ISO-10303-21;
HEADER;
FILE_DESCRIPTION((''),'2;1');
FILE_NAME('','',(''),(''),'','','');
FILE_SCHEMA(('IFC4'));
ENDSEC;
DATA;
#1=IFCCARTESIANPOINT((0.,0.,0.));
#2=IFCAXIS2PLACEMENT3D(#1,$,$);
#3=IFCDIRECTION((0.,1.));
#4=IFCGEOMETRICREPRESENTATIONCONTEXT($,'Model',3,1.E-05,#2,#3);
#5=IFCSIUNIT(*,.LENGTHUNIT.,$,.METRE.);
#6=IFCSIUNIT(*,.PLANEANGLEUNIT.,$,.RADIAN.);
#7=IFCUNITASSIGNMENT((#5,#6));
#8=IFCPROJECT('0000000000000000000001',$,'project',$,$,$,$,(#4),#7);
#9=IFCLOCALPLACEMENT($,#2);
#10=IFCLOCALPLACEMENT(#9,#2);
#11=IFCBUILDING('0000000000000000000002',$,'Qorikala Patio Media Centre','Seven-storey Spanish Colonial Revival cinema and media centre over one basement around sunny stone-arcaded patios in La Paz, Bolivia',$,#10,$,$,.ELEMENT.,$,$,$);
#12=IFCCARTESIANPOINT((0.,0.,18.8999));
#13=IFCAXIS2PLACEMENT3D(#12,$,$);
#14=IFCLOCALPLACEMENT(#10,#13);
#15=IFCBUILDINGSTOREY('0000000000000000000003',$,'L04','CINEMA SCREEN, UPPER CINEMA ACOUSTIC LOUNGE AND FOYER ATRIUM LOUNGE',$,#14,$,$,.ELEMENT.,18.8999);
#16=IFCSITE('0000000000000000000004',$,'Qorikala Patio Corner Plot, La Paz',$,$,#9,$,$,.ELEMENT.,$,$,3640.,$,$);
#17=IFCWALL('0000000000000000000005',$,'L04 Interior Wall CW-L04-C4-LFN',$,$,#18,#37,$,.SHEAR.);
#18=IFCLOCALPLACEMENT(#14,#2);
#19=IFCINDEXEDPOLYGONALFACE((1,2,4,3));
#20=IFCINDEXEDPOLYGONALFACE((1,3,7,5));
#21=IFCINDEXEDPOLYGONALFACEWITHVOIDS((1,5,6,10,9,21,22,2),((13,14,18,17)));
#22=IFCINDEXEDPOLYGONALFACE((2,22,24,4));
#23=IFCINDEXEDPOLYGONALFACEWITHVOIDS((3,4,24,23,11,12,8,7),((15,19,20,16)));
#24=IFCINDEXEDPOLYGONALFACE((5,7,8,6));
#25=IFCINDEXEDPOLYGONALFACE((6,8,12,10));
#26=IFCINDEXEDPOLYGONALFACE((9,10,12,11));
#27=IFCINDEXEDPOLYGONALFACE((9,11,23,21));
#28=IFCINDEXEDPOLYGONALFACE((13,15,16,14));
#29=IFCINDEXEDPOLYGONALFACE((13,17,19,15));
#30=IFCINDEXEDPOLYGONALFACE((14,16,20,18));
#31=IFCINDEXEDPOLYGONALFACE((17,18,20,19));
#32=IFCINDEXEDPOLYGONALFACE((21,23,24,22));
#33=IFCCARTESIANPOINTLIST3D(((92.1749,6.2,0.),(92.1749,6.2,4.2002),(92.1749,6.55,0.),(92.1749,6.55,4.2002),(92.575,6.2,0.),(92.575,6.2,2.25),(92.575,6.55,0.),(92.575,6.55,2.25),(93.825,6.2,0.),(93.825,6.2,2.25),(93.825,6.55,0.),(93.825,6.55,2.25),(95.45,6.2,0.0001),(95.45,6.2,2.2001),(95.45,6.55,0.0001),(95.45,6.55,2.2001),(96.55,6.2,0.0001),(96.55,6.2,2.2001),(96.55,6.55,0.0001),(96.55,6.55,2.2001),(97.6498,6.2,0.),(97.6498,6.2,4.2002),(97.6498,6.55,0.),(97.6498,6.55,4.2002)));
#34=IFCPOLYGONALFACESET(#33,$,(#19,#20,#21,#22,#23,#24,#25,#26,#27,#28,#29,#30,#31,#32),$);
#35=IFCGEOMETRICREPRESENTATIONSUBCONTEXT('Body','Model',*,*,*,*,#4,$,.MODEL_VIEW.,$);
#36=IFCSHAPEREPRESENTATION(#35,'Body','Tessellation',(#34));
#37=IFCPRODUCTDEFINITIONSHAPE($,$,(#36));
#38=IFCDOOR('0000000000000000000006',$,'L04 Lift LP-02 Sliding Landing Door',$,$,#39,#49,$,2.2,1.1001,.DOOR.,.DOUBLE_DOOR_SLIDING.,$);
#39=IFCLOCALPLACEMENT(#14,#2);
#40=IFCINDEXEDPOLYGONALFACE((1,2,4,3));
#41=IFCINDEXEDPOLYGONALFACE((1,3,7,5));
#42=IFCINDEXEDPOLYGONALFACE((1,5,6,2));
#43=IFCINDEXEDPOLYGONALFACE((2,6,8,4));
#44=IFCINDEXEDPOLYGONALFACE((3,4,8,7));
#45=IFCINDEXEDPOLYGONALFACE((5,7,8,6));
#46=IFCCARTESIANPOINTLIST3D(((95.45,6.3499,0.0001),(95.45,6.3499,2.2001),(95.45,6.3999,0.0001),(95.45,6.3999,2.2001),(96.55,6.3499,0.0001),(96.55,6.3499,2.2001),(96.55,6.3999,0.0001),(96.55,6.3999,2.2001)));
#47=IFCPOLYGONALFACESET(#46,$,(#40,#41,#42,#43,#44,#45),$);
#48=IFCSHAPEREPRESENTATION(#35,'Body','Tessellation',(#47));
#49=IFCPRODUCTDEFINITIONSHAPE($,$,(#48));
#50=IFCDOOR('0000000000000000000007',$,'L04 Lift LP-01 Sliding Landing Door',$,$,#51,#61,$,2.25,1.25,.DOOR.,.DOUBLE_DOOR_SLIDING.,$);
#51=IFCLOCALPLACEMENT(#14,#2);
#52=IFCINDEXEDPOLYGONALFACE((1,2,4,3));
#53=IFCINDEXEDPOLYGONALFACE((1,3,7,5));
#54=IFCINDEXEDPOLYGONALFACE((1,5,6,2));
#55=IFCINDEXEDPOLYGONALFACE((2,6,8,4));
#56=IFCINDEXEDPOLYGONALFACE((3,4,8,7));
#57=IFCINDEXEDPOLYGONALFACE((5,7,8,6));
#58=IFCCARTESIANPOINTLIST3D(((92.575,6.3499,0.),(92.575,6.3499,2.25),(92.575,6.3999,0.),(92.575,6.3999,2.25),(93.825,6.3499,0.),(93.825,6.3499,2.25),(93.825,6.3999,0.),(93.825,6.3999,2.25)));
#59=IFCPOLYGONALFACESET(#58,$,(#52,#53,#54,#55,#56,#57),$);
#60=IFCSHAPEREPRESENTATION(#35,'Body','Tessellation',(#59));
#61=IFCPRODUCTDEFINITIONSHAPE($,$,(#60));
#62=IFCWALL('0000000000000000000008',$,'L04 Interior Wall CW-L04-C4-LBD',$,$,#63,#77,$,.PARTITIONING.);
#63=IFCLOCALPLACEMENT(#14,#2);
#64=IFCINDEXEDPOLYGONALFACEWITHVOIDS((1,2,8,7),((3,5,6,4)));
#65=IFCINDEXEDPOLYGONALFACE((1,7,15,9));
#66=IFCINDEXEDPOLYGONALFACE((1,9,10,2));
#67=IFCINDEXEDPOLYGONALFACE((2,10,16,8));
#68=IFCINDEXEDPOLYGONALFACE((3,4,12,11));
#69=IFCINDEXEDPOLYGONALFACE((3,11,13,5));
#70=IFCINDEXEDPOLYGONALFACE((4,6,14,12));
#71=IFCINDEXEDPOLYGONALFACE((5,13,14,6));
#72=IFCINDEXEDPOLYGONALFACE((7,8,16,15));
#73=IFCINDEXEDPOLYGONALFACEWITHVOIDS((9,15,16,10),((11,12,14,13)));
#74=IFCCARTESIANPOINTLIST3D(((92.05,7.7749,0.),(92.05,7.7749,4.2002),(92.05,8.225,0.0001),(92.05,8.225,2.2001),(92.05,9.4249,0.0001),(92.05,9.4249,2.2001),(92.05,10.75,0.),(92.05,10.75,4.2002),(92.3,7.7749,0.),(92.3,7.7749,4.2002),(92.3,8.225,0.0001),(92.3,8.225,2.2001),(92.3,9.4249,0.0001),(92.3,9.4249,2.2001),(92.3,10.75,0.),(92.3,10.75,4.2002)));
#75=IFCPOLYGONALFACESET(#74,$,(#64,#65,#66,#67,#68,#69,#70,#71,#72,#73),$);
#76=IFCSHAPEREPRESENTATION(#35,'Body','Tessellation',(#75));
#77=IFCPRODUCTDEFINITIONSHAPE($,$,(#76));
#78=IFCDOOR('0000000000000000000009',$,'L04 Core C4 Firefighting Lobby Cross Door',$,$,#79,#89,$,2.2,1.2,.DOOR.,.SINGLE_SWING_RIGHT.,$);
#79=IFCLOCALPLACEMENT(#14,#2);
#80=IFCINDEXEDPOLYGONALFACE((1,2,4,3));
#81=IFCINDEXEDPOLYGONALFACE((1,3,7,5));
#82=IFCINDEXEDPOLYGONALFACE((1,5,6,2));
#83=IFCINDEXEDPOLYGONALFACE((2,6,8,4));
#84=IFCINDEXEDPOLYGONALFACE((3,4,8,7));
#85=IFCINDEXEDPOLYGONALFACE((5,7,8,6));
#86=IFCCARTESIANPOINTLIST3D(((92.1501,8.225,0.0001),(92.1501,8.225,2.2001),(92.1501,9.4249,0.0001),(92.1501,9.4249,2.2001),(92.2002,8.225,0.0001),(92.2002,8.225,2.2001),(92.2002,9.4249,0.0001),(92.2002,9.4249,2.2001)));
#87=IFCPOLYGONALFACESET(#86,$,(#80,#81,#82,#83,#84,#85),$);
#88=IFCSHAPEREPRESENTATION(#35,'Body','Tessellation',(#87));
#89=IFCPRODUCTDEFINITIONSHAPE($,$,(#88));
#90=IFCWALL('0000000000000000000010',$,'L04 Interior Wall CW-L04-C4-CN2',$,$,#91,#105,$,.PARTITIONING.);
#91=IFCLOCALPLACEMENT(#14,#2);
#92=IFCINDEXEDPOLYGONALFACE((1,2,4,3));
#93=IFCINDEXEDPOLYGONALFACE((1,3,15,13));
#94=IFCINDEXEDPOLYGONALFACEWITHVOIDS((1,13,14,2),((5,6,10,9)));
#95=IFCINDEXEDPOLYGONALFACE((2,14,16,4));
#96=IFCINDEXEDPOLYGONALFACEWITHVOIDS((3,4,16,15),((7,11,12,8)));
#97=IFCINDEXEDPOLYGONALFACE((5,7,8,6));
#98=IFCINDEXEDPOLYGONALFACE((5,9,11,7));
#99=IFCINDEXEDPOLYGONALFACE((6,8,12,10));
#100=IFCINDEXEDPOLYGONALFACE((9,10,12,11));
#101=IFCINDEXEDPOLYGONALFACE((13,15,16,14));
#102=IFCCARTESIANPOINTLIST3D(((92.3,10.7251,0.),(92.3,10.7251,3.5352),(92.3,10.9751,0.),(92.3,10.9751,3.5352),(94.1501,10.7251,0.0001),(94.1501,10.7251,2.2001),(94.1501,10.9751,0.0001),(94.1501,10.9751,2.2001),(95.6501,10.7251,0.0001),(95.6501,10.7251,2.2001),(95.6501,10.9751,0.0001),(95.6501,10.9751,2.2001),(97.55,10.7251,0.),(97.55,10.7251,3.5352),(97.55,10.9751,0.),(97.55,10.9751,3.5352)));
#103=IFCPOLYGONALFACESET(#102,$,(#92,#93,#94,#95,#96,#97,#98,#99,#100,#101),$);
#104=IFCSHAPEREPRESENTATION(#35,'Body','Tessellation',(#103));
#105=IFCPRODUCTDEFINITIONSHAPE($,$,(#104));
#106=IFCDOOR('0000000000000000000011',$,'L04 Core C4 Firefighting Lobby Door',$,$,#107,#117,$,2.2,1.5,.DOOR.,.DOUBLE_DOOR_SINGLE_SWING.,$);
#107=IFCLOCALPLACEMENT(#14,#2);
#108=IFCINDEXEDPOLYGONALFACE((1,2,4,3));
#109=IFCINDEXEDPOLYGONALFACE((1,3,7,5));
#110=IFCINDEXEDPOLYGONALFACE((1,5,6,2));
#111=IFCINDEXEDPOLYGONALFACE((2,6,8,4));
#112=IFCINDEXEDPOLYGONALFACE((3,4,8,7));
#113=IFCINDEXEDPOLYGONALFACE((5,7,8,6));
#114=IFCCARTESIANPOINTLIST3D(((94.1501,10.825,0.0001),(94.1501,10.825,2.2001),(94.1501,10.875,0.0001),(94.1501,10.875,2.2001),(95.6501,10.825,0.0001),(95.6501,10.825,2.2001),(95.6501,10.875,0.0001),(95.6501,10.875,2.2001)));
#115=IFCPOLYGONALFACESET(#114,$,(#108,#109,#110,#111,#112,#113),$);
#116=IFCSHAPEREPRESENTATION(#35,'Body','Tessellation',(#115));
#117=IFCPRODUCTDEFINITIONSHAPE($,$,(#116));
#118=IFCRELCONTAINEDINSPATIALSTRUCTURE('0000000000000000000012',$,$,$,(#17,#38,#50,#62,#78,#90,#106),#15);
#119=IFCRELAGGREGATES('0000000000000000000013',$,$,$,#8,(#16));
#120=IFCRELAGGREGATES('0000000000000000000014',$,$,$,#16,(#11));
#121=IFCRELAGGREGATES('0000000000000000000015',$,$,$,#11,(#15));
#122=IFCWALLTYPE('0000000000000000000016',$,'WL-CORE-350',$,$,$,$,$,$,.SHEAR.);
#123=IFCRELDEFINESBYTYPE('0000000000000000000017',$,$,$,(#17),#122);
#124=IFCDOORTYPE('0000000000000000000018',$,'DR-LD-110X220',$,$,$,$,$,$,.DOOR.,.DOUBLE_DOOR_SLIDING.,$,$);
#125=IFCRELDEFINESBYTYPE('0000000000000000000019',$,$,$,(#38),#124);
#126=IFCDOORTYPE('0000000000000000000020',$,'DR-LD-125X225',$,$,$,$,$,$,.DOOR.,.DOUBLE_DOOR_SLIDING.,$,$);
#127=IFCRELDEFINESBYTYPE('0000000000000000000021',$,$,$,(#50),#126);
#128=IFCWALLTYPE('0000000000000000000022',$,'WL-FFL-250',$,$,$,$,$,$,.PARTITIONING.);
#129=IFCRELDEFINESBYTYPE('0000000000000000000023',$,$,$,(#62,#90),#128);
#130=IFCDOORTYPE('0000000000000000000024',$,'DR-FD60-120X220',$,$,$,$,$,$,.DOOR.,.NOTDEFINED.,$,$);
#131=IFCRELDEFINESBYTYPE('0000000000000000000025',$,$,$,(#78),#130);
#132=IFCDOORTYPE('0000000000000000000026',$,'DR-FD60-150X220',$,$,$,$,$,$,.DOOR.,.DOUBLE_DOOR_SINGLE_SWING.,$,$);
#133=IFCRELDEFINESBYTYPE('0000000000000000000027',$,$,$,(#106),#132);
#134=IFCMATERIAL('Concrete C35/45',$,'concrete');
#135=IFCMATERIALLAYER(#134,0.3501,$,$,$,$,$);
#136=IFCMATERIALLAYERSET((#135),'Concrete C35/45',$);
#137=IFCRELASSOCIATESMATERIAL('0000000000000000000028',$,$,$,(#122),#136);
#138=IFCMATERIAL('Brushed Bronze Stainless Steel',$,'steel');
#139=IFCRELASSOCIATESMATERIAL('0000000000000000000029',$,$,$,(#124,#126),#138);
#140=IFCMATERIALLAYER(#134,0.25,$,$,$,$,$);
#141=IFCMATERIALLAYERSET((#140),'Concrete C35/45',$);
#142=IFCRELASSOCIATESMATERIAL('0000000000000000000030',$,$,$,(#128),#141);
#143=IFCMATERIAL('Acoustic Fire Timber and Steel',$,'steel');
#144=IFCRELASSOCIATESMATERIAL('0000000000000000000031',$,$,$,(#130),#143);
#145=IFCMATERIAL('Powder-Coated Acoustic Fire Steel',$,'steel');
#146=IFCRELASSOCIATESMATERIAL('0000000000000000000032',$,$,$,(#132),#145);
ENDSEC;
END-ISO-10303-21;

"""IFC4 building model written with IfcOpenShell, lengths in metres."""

from ifc_helpers import new_model, si_unit, direction, frame, frame_2d, origin, place, context, subcontext, project, spatial, rectangle, extrude, material, layer, layer_set, type_object, element, fill, save


model = new_model("IFC4")

# Units and contexts
model_context = context("Model", 3, precision=1e-05, world=origin(), true_north=direction((0.0, 1.0)))
body_context = subcontext(model_context, "Body", "Model", "MODEL_VIEW")
ifc_project = project(units=[si_unit("LENGTHUNIT", "METRE"), si_unit("PLANEANGLEUNIT", "RADIAN")], contexts=[model_context])

# Site, building, storey
site_placement = place(None, origin())
site = spatial("IfcSite", under=ifc_project, at=site_placement, Name="Qorikala Patio Corner Plot, La Paz", CompositionType="ELEMENT", RefElevation=3640.0)
building_placement = place(site_placement, origin())
building = spatial("IfcBuilding", under=site, at=building_placement, Name="Qorikala Patio Media Centre", Description="Seven-storey Spanish Colonial Revival cinema and media centre over one basement around sunny stone-arcaded patios in La Paz, Bolivia", CompositionType="ELEMENT")
storey_placement = place(building_placement, frame((0.0, 0.0, 18.8999)))
storey = spatial("IfcBuildingStorey", under=building, at=storey_placement, Name="L04", Description="CINEMA SCREEN, UPPER CINEMA ACOUSTIC LOUNGE AND FOYER ATRIUM LOUNGE", CompositionType="ELEMENT", Elevation=18.8999)

# Shared definitions
ifc_material_1 = material(Name="Concrete C35/45", Category="concrete")

# Shared definitions
ifc_layer_1 = layer(ifc_material_1, 0.3501)
ifc_layer_set_1 = layer_set([ifc_layer_1], Name="Concrete C35/45")
wall_type_1 = type_object("IfcWallType", Name="WL-CORE-350", PredefinedType="SHEAR", material=ifc_layer_set_1)

# Wall, openings, doors
wall_1_placement = place(storey_placement, frame((92.175, 6.375, 0.0), z_axis=(0.0, 0.0, 1.0), x_axis=(1.0, 0.0, 0.0)))
wall_1 = element("IfcWall", 1, at=wall_1_placement, inside=storey, type_object=wall_type_1, Name="L04 Interior Wall CW-L04-C4-LFN", PredefinedType="SHEAR", context=body_context, shape_type="SweptSolid", body=[
    extrude(rectangle(XDim=5.4749, YDim=0.3501, at=frame_2d((2.7373, 0.0))), origin(), (0.0, 0.0, 1.0), 4.2002),
])
opening_1_placement = place(wall_1_placement, frame((0.3999, 0.0, 0.0)))
opening_1 = element("IfcOpeningElement", 2, at=opening_1_placement, cuts=wall_1, PredefinedType="OPENING", context=body_context, shape_type="SweptSolid", body=[
    extrude(rectangle(XDim=1.25, YDim=2.25, at=frame_2d((0.625, 1.125))), frame((0.0, 0.1851, 0.0), z_axis=(0.0, -1.0, 0.0), x_axis=(1.0, 0.0, 0.0)), (0.0, 0.0, 1.0), 0.3701),
])
opening_2_placement = place(wall_1_placement, frame((3.2749, 0.0, 0.0)))
opening_2 = element("IfcOpeningElement", 3, at=opening_2_placement, cuts=wall_1, PredefinedType="OPENING", context=body_context, shape_type="SweptSolid", body=[
    extrude(rectangle(XDim=1.1001, YDim=2.2, at=frame_2d((0.55, 1.1001))), frame((0.0, 0.1851, 0.0), z_axis=(0.0, -1.0, 0.0), x_axis=(1.0, 0.0, 0.0)), (0.0, 0.0, 1.0), 0.3701),
])
ifc_material_2 = material(Name="Brushed Bronze Stainless Steel", Category="steel")
door_type_1 = type_object("IfcDoorType", Name="DR-LD-110X220", OperationType="DOUBLE_DOOR_SLIDING", PredefinedType="DOOR", material=ifc_material_2)
door_1_placement = place(opening_2_placement, origin())
door_1 = element("IfcDoor", 4, at=door_1_placement, inside=storey, type_object=door_type_1, Name="L04 Lift LP-02 Sliding Landing Door", OperationType="DOUBLE_DOOR_SLIDING", OverallHeight=2.2, OverallWidth=1.1001, PredefinedType="DOOR", context=body_context, shape_type="SweptSolid", body=[
    extrude(rectangle(XDim=1.1001, YDim=2.2, at=frame_2d((0.55, 1.1001))), frame((0.0, 0.0249, 0.0), z_axis=(0.0, -1.0, 0.0), x_axis=(1.0, 0.0, 0.0)), (0.0, 0.0, 1.0), 0.05),
])
fill(opening_2, door_1)
door_type_2 = type_object("IfcDoorType", Name="DR-LD-125X225", OperationType="DOUBLE_DOOR_SLIDING", PredefinedType="DOOR", material=ifc_material_2)
door_2_placement = place(opening_1_placement, origin())
door_2 = element("IfcDoor", 5, at=door_2_placement, inside=storey, type_object=door_type_2, Name="L04 Lift LP-01 Sliding Landing Door", OperationType="DOUBLE_DOOR_SLIDING", OverallHeight=2.25, OverallWidth=1.25, PredefinedType="DOOR", context=body_context, shape_type="SweptSolid", body=[
    extrude(rectangle(XDim=1.25, YDim=2.25, at=frame_2d((0.625, 1.125))), frame((0.0, 0.0249, 0.0), z_axis=(0.0, -1.0, 0.0), x_axis=(1.0, 0.0, 0.0)), (0.0, 0.0, 1.0), 0.05),
])
fill(opening_1, door_2)

# Walls, openings, doors
ifc_layer_2 = layer(ifc_material_1, 0.25)
ifc_layer_set_2 = layer_set([ifc_layer_2], Name="Concrete C35/45")
wall_type_2 = type_object("IfcWallType", Name="WL-FFL-250", PredefinedType="PARTITIONING", material=ifc_layer_set_2)
wall_2_placement = place(storey_placement, frame((92.175, 7.7749, 0.0), z_axis=(0.0, 0.0, 1.0), x_axis=(0.0, 1.0, 0.0)))
wall_2 = element("IfcWall", 6, at=wall_2_placement, inside=storey, type_object=wall_type_2, Name="L04 Interior Wall CW-L04-C4-LBD", PredefinedType="PARTITIONING", context=body_context, shape_type="SweptSolid", body=[
    extrude(rectangle(XDim=2.9751, YDim=0.25, at=frame_2d((1.4875, 0.0))), origin(), (0.0, 0.0, 1.0), 4.2002),
])
opening_3_placement = place(wall_2_placement, frame((0.45, 0.0, 0.0)))
opening_3 = element("IfcOpeningElement", 7, at=opening_3_placement, cuts=wall_2, PredefinedType="OPENING", context=body_context, shape_type="SweptSolid", body=[
    extrude(rectangle(XDim=1.2, YDim=2.2, at=frame_2d((0.6001, 1.1001))), frame((0.0, 0.135, 0.0), z_axis=(0.0, -1.0, 0.0), x_axis=(1.0, 0.0, 0.0)), (0.0, 0.0, 1.0), 0.27),
])
ifc_material_3 = material(Name="Acoustic Fire Timber and Steel", Category="steel")
door_type_3 = type_object("IfcDoorType", Name="DR-FD60-120X220", OperationType="NOTDEFINED", PredefinedType="DOOR", material=ifc_material_3)
door_3_placement = place(opening_3_placement, origin())
door_3 = element("IfcDoor", 8, at=door_3_placement, inside=storey, type_object=door_type_3, Name="L04 Core C4 Firefighting Lobby Cross Door", OperationType="SINGLE_SWING_RIGHT", OverallHeight=2.2, OverallWidth=1.2, PredefinedType="DOOR", context=body_context, shape_type="SweptSolid", body=[
    extrude(rectangle(XDim=1.2, YDim=2.2, at=frame_2d((0.6001, 1.1001))), frame((0.0, 0.0249, 0.0), z_axis=(0.0, -1.0, 0.0), x_axis=(1.0, 0.0, 0.0)), (0.0, 0.0, 1.0), 0.05),
])
fill(opening_3, door_3)
wall_3_placement = place(storey_placement, frame((92.3, 10.8501, 0.0), z_axis=(0.0, 0.0, 1.0), x_axis=(1.0, 0.0, 0.0)))
wall_3 = element("IfcWall", 9, at=wall_3_placement, inside=storey, type_object=wall_type_2, Name="L04 Interior Wall CW-L04-C4-CN2", PredefinedType="PARTITIONING", context=body_context, shape_type="SweptSolid", body=[
    extrude(rectangle(XDim=5.25, YDim=0.25, at=frame_2d((2.625, 0.0))), origin(), (0.0, 0.0, 1.0), 3.5352),
])
opening_4_placement = place(wall_3_placement, frame((1.8501, 0.0, 0.0)))
opening_4 = element("IfcOpeningElement", 10, at=opening_4_placement, cuts=wall_3, PredefinedType="OPENING", context=body_context, shape_type="SweptSolid", body=[
    extrude(rectangle(XDim=1.5, YDim=2.2, at=frame_2d((0.75, 1.1001))), frame((0.0, 0.135, 0.0), z_axis=(0.0, -1.0, 0.0), x_axis=(1.0, 0.0, 0.0)), (0.0, 0.0, 1.0), 0.27),
])
ifc_material_4 = material(Name="Powder-Coated Acoustic Fire Steel", Category="steel")
door_type_4 = type_object("IfcDoorType", Name="DR-FD60-150X220", OperationType="DOUBLE_DOOR_SINGLE_SWING", PredefinedType="DOOR", material=ifc_material_4)
door_4_placement = place(opening_4_placement, origin())
door_4 = element("IfcDoor", 11, at=door_4_placement, inside=storey, type_object=door_type_4, Name="L04 Core C4 Firefighting Lobby Door", OperationType="DOUBLE_DOOR_SINGLE_SWING", OverallHeight=2.2, OverallWidth=1.5, PredefinedType="DOOR", context=body_context, shape_type="SweptSolid", body=[
    extrude(rectangle(XDim=1.5, YDim=2.2, at=frame_2d((0.75, 1.1001))), frame((0.0, 0.0249, 0.0), z_axis=(0.0, -1.0, 0.0), x_axis=(1.0, 0.0, 0.0)), (0.0, 0.0, 1.0), 0.05),
])
fill(opening_4, door_4)

save(model, "model.ifc")
